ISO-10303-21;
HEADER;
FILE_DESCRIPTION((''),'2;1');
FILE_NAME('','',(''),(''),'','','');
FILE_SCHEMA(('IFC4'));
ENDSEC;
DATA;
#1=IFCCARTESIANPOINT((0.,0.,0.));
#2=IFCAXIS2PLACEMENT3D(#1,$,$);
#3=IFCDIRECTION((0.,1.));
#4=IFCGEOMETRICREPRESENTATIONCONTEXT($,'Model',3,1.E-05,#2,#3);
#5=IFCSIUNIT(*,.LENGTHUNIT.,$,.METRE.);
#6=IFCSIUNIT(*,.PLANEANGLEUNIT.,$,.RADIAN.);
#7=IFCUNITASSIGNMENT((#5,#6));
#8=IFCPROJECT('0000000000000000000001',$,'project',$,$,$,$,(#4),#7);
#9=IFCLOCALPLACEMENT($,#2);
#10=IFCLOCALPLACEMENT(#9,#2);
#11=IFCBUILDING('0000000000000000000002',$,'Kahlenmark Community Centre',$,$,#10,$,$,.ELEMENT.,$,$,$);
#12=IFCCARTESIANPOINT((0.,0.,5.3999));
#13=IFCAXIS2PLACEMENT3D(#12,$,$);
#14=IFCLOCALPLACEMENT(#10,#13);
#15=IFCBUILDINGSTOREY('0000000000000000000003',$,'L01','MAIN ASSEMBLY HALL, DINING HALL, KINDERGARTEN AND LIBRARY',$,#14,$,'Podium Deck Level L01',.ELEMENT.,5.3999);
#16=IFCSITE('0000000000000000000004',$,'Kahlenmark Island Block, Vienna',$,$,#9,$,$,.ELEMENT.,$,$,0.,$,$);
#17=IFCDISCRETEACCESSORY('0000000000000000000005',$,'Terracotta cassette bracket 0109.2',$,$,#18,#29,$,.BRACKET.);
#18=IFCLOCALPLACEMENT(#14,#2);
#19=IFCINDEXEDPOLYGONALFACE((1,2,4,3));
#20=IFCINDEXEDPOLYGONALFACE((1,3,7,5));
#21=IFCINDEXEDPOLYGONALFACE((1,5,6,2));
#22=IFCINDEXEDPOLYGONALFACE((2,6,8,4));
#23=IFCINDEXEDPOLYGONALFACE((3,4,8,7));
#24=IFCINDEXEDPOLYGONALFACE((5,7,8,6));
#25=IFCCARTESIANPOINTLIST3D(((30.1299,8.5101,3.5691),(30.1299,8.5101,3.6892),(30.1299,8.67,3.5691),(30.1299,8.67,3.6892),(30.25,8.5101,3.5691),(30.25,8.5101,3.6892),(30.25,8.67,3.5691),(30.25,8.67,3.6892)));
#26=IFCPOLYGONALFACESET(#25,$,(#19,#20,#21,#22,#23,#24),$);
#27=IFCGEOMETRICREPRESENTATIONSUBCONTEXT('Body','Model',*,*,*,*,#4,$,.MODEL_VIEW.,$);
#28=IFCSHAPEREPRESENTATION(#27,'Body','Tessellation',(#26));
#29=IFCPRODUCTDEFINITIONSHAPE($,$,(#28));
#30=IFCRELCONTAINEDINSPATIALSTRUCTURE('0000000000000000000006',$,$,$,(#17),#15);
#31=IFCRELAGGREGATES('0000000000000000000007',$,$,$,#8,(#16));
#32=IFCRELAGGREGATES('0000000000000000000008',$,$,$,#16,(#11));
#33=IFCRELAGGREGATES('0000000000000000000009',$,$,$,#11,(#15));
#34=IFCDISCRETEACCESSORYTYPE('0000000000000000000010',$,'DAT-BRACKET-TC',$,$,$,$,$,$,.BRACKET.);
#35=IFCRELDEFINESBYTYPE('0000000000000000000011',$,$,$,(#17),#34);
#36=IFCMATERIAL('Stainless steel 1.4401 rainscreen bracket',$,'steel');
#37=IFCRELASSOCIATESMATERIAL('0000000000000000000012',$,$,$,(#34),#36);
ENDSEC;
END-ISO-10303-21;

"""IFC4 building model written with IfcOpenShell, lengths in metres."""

from ifc_helpers import new_model, si_unit, direction, frame, origin, origin_2d, place, context, subcontext, project, spatial, rectangle, extrude, material, type_object, element, save


model = new_model("IFC4")

# Units and contexts
model_context = context("Model", 3, precision=1e-05, world=origin(), true_north=direction((0.0, 1.0)))
body_context = subcontext(model_context, "Body", "Model", "MODEL_VIEW")
ifc_project = project(units=[si_unit("LENGTHUNIT", "METRE"), si_unit("PLANEANGLEUNIT", "RADIAN")], contexts=[model_context])

# Site, building, storey
site_placement = place(None, origin())
site = spatial("IfcSite", under=ifc_project, at=site_placement, Name="Kahlenmark Island Block, Vienna", CompositionType="ELEMENT", RefElevation=0.0)
building_placement = place(site_placement, origin())
building = spatial("IfcBuilding", under=site, at=building_placement, Name="Kahlenmark Community Centre", CompositionType="ELEMENT")
storey_placement = place(building_placement, frame((0.0, 0.0, 5.3999)))
storey = spatial("IfcBuildingStorey", under=building, at=storey_placement, Name="L01", Description="MAIN ASSEMBLY HALL, DINING HALL, KINDERGARTEN AND LIBRARY", LongName="Podium Deck Level L01", CompositionType="ELEMENT", Elevation=5.3999)

# Discrete accessory
ifc_material_1 = material(Name="Stainless steel 1.4401 rainscreen bracket", Category="steel")
discrete_accessory_type = type_object("IfcDiscreteAccessoryType", Name="DAT-BRACKET-TC", PredefinedType="BRACKET", material=ifc_material_1)
for number, where, z_axis, x_axis, name in (
    (1, (30.1899, 8.5901, 3.5691), (0.0, 0.0, 1.0), (1.0, 0.0, 0.0), "Terracotta cassette bracket 0109.2"),
):
    element("IfcDiscreteAccessory", number, at=place(storey_placement, frame(where, z_axis=z_axis, x_axis=x_axis)), inside=storey, type_object=discrete_accessory_type, Name=name, PredefinedType="BRACKET", context=body_context, shape_type="SweptSolid", body=[
        extrude(rectangle(XDim=0.1201, YDim=0.1599, at=origin_2d()), origin(), (0.0, 0.0, 1.0), 0.1201),
    ])

save(model, "model.ifc")
